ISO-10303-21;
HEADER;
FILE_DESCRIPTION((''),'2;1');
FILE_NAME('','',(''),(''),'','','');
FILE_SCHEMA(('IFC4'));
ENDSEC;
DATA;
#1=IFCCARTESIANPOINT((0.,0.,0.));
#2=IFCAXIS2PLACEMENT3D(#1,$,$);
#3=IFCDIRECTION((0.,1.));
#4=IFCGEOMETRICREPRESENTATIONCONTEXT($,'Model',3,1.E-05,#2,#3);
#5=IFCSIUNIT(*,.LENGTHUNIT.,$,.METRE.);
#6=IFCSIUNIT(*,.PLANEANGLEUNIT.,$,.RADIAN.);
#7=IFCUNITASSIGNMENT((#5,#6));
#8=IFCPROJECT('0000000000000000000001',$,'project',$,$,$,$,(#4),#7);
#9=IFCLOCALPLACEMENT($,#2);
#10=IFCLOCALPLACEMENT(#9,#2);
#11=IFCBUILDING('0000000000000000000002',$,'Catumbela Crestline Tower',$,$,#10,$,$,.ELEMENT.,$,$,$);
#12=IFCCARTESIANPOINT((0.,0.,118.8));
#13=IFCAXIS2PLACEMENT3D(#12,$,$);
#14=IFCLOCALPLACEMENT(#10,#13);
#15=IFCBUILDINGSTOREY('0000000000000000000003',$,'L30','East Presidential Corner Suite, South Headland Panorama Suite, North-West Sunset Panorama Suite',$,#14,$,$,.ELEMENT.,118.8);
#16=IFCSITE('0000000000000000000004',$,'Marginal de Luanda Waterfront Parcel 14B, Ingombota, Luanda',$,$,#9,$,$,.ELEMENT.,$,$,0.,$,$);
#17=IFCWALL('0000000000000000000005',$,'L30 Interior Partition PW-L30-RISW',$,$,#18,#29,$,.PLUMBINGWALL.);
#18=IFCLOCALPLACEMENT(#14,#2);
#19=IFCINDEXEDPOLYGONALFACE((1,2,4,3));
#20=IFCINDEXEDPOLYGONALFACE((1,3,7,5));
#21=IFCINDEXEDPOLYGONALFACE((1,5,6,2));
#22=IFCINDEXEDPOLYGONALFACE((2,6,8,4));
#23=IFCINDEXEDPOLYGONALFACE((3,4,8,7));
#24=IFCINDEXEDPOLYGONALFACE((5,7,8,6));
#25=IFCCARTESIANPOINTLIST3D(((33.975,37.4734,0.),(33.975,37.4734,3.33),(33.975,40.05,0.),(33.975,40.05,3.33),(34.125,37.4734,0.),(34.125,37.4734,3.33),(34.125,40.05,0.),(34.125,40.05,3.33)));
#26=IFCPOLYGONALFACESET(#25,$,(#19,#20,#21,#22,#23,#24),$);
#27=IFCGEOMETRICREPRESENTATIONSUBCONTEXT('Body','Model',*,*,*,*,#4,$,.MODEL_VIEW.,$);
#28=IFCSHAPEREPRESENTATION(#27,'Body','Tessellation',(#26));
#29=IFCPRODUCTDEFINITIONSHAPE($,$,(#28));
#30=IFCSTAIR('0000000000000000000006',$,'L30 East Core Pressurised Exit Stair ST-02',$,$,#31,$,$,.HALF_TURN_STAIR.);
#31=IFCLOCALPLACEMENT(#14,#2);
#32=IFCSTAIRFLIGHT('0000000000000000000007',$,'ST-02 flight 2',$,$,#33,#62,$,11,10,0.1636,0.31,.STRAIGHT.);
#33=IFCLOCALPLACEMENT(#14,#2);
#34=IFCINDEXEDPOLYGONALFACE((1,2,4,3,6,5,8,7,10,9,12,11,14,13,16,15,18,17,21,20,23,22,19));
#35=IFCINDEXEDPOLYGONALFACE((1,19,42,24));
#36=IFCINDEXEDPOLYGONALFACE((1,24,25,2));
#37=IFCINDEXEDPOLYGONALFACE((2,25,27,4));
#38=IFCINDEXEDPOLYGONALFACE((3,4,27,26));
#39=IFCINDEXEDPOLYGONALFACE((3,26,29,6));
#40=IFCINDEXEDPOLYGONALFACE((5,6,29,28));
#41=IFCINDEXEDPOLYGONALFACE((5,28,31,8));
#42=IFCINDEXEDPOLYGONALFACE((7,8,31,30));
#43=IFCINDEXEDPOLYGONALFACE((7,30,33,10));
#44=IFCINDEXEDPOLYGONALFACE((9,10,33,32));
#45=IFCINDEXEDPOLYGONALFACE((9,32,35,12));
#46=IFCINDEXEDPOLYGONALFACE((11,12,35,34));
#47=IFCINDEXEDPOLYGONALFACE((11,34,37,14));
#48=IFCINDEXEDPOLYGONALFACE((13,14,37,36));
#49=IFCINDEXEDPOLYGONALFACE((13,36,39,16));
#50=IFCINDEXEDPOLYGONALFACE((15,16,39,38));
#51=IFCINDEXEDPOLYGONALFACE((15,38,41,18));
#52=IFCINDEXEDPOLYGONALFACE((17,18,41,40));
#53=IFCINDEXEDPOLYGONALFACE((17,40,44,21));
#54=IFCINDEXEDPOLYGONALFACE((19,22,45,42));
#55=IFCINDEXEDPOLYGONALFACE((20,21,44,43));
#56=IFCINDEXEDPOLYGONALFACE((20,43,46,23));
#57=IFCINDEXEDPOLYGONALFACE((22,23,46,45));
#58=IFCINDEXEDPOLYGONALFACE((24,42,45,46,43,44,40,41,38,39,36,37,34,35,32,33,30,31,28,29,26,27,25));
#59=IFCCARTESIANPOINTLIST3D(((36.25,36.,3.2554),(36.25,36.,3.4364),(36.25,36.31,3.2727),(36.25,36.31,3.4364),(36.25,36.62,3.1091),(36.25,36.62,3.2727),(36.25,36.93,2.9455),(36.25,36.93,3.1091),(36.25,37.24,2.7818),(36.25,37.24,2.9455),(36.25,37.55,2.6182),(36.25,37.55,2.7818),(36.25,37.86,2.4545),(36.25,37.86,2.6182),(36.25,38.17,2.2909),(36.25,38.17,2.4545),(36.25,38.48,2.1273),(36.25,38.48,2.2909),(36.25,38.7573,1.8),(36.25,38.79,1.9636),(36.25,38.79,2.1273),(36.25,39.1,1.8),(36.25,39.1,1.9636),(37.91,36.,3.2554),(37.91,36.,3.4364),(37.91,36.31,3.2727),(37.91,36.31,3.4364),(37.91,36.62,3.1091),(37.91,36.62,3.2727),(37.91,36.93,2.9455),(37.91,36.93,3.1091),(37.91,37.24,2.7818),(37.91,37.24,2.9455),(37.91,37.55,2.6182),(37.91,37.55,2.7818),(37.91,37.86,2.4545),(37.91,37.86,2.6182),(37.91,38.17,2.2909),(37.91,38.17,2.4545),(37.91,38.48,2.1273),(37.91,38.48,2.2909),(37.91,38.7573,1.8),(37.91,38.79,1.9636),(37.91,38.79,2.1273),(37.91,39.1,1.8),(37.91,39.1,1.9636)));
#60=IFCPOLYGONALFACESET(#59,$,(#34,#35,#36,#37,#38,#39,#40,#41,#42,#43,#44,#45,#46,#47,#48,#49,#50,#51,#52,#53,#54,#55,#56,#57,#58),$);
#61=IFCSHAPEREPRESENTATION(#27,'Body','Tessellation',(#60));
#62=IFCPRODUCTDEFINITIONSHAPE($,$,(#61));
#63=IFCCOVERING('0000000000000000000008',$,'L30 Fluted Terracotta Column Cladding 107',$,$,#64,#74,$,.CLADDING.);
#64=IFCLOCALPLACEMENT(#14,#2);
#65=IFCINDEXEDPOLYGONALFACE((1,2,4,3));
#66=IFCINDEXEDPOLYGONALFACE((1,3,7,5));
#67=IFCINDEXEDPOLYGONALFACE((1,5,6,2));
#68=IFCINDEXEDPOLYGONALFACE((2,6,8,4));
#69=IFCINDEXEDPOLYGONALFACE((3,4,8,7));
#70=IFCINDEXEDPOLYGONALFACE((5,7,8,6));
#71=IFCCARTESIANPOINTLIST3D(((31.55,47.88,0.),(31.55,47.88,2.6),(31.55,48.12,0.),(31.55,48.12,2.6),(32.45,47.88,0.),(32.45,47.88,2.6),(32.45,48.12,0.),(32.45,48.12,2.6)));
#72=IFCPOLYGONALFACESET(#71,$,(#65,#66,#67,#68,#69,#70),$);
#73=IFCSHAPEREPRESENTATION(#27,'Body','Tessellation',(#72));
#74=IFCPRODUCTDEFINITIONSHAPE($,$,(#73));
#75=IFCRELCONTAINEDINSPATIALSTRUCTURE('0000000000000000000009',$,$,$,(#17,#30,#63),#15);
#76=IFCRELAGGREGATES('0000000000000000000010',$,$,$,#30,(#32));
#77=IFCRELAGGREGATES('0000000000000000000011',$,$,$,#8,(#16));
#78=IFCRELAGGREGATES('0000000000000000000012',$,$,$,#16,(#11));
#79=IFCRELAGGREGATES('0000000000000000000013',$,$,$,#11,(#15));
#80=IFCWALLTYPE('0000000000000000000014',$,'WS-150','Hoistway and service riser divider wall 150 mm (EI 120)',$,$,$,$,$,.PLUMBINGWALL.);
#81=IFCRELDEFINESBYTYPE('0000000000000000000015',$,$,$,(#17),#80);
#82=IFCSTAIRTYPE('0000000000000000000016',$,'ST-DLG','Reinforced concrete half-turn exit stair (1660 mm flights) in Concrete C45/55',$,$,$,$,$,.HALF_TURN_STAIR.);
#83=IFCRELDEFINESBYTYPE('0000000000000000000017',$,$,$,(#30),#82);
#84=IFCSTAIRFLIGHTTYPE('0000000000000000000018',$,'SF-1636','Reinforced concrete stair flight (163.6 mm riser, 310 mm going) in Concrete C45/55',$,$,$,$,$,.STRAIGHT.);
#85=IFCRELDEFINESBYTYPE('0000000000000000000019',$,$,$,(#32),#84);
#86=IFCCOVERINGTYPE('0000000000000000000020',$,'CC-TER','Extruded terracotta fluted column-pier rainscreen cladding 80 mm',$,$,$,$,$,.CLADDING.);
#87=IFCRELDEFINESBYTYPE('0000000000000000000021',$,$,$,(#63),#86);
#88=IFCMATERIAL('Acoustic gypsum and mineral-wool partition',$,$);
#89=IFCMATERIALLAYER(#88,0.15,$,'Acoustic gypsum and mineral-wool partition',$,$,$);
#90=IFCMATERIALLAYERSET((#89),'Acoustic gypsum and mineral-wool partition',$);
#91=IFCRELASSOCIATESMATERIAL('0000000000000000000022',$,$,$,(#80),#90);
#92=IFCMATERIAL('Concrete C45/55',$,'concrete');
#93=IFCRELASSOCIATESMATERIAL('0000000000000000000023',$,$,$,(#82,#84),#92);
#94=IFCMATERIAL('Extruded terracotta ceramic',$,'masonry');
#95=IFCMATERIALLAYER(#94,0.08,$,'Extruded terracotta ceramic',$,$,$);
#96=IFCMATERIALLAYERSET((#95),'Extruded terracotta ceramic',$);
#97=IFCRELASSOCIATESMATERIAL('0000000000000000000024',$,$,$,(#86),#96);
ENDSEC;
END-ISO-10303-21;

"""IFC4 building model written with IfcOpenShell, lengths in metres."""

from ifc_helpers import new_model, si_unit, direction, frame, frame_2d, origin, origin_2d, place, context, subcontext, project, spatial, polyline, rectangle, outline, extrude, material, layer, layer_set, type_object, element, aggregate, save


model = new_model("IFC4")

# Units and contexts
model_context = context("Model", 3, precision=1e-05, world=origin(), true_north=direction((0.0, 1.0)))
body_context = subcontext(model_context, "Body", "Model", "MODEL_VIEW")
ifc_project = project(units=[si_unit("LENGTHUNIT", "METRE"), si_unit("PLANEANGLEUNIT", "RADIAN")], contexts=[model_context])

# Site, building, storey
site_placement = place(None, origin())
site = spatial("IfcSite", under=ifc_project, at=site_placement, Name="Marginal de Luanda Waterfront Parcel 14B, Ingombota, Luanda", CompositionType="ELEMENT", RefElevation=0.0)
building_placement = place(site_placement, origin())
building = spatial("IfcBuilding", under=site, at=building_placement, Name="Catumbela Crestline Tower", CompositionType="ELEMENT")
storey_placement = place(building_placement, frame((0.0, 0.0, 118.8)))
storey = spatial("IfcBuildingStorey", under=building, at=storey_placement, Name="L30", Description="East Presidential Corner Suite, South Headland Panorama Suite, North-West Sunset Panorama Suite", CompositionType="ELEMENT", Elevation=118.8)

# Shared definitions
ifc_material_1 = material(Name="Acoustic gypsum and mineral-wool partition")

# Wall
ifc_layer_1 = layer(ifc_material_1, 0.15, Name="Acoustic gypsum and mineral-wool partition")
ifc_layer_set_1 = layer_set([ifc_layer_1], Name="Acoustic gypsum and mineral-wool partition")
wall_type_1 = type_object("IfcWallType", Name="WS-150", Description="Hoistway and service riser divider wall 150 mm (EI 120)", PredefinedType="PLUMBINGWALL", material=ifc_layer_set_1)
wall_1_placement = place(storey_placement, frame((34.05, 37.4734, 0.0), z_axis=(0.0, 0.0, 1.0), x_axis=(0.0, 1.0, 0.0)))
element("IfcWall", 1, at=wall_1_placement, inside=storey, type_object=wall_type_1, Name="L30 Interior Partition PW-L30-RISW", PredefinedType="PLUMBINGWALL", context=body_context, shape_type="SweptSolid", body=[
    extrude(rectangle(XDim=2.5766, YDim=0.15, at=frame_2d((1.2883, 0.0))), origin(), (0.0, 0.0, 1.0), 3.33),
])

# Stair, stair flight
ifc_material_2 = material(Name="Concrete C45/55", Category="concrete")
stair_type = type_object("IfcStairType", Name="ST-DLG", Description="Reinforced concrete half-turn exit stair (1660 mm flights) in Concrete C45/55", PredefinedType="HALF_TURN_STAIR", material=ifc_material_2)
stair_placement = place(storey_placement, origin())
stair = element("IfcStair", 2, at=stair_placement, inside=storey, type_object=stair_type, Name="L30 East Core Pressurised Exit Stair ST-02", PredefinedType="HALF_TURN_STAIR")
stair_flight_type = type_object("IfcStairFlightType", Name="SF-1636", Description="Reinforced concrete stair flight (163.6 mm riser, 310 mm going) in Concrete C45/55", PredefinedType="STRAIGHT", material=ifc_material_2)
stair_flight_placement = place(storey_placement, frame((37.08, 39.1, 1.8), z_axis=(0.0, 0.0, 1.0), x_axis=(0.0, -1.0, 0.0)))
stair_flight = element("IfcStairFlight", 3, at=stair_flight_placement, type_object=stair_flight_type, Name="ST-02 flight 2", NumberOfRisers=11, NumberOfTreads=10, PredefinedType="STRAIGHT", RiserHeight=0.1636, TreadLength=0.31, context=body_context, shape_type="SweptSolid", body=[
    extrude(outline(polyline([(0.0, 0.0), (0.0, 0.1636), (0.31, 0.1636), (0.31, 0.3273), (0.62, 0.3273), (0.62, 0.4909), (0.93, 0.4909), (0.93, 0.6545), (1.24, 0.6545), (1.24, 0.8182), (1.55, 0.8182), (1.55, 0.9818), (1.86, 0.9818), (1.86, 1.1455), (2.17, 1.1455), (2.17, 1.3091), (2.48, 1.3091), (2.48, 1.4727), (2.79, 1.4727), (2.79, 1.6364), (3.1, 1.6364), (3.1, 1.8), (3.1, 1.4554), (0.3427, 0.0), (0.0, 0.0)])), frame((0.0, 0.83, 0.0), z_axis=(0.0, -1.0, 0.0), x_axis=(1.0, 0.0, 0.0)), (0.0, 0.0, 1.0), 1.66),
])
aggregate(stair, [stair_flight])

# Covering
ifc_material_3 = material(Name="Extruded terracotta ceramic", Category="masonry")
ifc_layer_2 = layer(ifc_material_3, 0.08, Name="Extruded terracotta ceramic")
ifc_layer_set_2 = layer_set([ifc_layer_2], Name="Extruded terracotta ceramic")
covering_type = type_object("IfcCoveringType", Name="CC-TER", Description="Extruded terracotta fluted column-pier rainscreen cladding 80 mm", PredefinedType="CLADDING", material=ifc_layer_set_2)
covering_placement = place(storey_placement, frame((32.0, 48.0, 0.0), z_axis=(0.0, 0.0, 1.0), x_axis=(-1.0, 0.0, 0.0)))
element("IfcCovering", 4, at=covering_placement, inside=storey, type_object=covering_type, Name="L30 Fluted Terracotta Column Cladding 107", PredefinedType="CLADDING", context=body_context, shape_type="SweptSolid", body=[
    extrude(rectangle(XDim=0.9, YDim=0.24, at=origin_2d()), origin(), (0.0, 0.0, 1.0), 2.6),
])

save(model, "model.ifc")
